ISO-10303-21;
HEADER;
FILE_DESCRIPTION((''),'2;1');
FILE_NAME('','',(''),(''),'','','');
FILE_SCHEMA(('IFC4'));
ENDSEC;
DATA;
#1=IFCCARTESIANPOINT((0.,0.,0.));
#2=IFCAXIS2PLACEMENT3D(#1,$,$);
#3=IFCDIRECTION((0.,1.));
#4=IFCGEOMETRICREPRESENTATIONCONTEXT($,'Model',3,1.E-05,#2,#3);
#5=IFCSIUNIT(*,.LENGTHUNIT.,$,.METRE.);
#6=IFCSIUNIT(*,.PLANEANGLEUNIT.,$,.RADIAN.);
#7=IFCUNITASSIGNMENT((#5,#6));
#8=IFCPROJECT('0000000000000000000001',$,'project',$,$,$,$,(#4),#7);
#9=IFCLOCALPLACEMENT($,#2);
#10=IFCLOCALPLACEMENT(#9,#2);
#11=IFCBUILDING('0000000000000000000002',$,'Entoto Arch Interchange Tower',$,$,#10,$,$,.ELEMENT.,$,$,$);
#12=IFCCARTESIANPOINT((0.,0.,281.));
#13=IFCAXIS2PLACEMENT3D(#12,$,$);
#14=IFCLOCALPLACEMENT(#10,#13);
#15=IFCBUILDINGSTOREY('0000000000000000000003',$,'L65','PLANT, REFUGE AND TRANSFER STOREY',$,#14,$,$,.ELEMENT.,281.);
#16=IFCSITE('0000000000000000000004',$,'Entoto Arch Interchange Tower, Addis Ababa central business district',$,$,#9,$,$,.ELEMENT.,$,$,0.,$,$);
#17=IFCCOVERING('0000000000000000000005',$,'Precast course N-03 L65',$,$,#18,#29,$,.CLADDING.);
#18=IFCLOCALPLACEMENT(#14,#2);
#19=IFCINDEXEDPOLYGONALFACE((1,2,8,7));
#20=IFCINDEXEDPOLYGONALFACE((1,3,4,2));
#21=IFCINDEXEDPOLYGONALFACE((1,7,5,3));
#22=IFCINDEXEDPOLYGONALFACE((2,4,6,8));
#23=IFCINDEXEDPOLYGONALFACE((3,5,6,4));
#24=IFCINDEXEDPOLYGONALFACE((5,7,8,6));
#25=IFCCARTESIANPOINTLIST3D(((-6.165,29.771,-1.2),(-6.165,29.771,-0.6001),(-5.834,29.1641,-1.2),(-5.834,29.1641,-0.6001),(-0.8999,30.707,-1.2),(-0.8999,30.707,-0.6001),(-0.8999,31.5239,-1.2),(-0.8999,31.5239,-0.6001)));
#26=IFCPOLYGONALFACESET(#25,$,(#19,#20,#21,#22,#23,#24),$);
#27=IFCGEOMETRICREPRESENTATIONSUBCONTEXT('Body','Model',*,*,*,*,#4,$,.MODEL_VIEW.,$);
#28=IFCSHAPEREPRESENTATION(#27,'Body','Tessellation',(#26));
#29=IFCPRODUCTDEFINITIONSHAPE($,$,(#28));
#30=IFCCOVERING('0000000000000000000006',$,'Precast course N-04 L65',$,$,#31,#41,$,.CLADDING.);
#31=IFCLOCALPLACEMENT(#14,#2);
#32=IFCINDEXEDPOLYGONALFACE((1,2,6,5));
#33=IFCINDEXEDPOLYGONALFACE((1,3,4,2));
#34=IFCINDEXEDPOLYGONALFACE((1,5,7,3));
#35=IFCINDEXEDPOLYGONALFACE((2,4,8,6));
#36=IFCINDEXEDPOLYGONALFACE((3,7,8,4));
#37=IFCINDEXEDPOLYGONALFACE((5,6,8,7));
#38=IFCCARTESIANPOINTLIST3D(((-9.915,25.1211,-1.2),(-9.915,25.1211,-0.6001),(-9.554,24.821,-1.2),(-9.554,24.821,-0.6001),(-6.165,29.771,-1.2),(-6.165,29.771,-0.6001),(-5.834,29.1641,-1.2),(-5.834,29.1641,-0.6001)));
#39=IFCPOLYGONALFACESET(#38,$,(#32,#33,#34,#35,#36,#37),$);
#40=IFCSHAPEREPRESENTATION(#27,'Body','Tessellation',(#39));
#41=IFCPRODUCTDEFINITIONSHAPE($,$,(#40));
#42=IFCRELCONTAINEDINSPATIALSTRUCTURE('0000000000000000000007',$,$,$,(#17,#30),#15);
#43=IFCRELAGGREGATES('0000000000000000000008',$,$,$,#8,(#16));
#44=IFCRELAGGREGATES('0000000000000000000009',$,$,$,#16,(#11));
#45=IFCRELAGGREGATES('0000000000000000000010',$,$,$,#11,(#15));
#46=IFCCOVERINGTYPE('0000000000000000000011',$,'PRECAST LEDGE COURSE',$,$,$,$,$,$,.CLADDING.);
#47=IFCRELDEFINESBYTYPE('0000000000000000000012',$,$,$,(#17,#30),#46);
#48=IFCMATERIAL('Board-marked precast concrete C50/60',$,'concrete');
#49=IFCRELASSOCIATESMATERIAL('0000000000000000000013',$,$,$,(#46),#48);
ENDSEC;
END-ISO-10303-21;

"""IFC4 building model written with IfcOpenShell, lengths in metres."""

from ifc_helpers import new_model, si_unit, direction, frame, origin, place, context, subcontext, project, spatial, polyline, outline, extrude, material, type_object, element, save


model = new_model("IFC4")

# Units and contexts
model_context = context("Model", 3, precision=1e-05, world=origin(), true_north=direction((0.0, 1.0)))
body_context = subcontext(model_context, "Body", "Model", "MODEL_VIEW")
ifc_project = project(units=[si_unit("LENGTHUNIT", "METRE"), si_unit("PLANEANGLEUNIT", "RADIAN")], contexts=[model_context])

# Site, building, storey
site_placement = place(None, origin())
site = spatial("IfcSite", under=ifc_project, at=site_placement, Name="Entoto Arch Interchange Tower, Addis Ababa central business district", CompositionType="ELEMENT", RefElevation=0.0)
building_placement = place(site_placement, origin())
building = spatial("IfcBuilding", under=site, at=building_placement, Name="Entoto Arch Interchange Tower", CompositionType="ELEMENT")
storey_placement = place(building_placement, frame((0.0, 0.0, 281.0)))
storey = spatial("IfcBuildingStorey", under=building, at=storey_placement, Name="L65", Description="PLANT, REFUGE AND TRANSFER STOREY", CompositionType="ELEMENT", Elevation=281.0)

# Coverings
ifc_material_1 = material(Name="Board-marked precast concrete C50/60", Category="concrete")
covering_type = type_object("IfcCoveringType", Name="PRECAST LEDGE COURSE", PredefinedType="CLADDING", material=ifc_material_1)
covering_1_placement = place(storey_placement, frame((0.0, 0.0, -1.2)))
element("IfcCovering", 1, at=covering_1_placement, inside=storey, type_object=covering_type, Name="Precast course N-03 L65", PredefinedType="CLADDING", context=body_context, shape_type="SweptSolid", body=[
    extrude(outline(polyline([(-5.834, 29.1641), (-6.165, 29.771), (-0.8999, 31.5239), (-0.8999, 30.707), (-5.834, 29.1641)])), origin(), (0.0, 0.0, 1.0), 0.5999),
])
covering_2_placement = place(storey_placement, frame((0.0, 0.0, -1.2)))
element("IfcCovering", 2, at=covering_2_placement, inside=storey, type_object=covering_type, Name="Precast course N-04 L65", PredefinedType="CLADDING", context=body_context, shape_type="SweptSolid", body=[
    extrude(outline(polyline([(-9.554, 24.821), (-9.915, 25.1211), (-6.165, 29.771), (-5.834, 29.1641), (-9.554, 24.821)])), origin(), (0.0, 0.0, 1.0), 0.5999),
])

save(model, "model.ifc")
